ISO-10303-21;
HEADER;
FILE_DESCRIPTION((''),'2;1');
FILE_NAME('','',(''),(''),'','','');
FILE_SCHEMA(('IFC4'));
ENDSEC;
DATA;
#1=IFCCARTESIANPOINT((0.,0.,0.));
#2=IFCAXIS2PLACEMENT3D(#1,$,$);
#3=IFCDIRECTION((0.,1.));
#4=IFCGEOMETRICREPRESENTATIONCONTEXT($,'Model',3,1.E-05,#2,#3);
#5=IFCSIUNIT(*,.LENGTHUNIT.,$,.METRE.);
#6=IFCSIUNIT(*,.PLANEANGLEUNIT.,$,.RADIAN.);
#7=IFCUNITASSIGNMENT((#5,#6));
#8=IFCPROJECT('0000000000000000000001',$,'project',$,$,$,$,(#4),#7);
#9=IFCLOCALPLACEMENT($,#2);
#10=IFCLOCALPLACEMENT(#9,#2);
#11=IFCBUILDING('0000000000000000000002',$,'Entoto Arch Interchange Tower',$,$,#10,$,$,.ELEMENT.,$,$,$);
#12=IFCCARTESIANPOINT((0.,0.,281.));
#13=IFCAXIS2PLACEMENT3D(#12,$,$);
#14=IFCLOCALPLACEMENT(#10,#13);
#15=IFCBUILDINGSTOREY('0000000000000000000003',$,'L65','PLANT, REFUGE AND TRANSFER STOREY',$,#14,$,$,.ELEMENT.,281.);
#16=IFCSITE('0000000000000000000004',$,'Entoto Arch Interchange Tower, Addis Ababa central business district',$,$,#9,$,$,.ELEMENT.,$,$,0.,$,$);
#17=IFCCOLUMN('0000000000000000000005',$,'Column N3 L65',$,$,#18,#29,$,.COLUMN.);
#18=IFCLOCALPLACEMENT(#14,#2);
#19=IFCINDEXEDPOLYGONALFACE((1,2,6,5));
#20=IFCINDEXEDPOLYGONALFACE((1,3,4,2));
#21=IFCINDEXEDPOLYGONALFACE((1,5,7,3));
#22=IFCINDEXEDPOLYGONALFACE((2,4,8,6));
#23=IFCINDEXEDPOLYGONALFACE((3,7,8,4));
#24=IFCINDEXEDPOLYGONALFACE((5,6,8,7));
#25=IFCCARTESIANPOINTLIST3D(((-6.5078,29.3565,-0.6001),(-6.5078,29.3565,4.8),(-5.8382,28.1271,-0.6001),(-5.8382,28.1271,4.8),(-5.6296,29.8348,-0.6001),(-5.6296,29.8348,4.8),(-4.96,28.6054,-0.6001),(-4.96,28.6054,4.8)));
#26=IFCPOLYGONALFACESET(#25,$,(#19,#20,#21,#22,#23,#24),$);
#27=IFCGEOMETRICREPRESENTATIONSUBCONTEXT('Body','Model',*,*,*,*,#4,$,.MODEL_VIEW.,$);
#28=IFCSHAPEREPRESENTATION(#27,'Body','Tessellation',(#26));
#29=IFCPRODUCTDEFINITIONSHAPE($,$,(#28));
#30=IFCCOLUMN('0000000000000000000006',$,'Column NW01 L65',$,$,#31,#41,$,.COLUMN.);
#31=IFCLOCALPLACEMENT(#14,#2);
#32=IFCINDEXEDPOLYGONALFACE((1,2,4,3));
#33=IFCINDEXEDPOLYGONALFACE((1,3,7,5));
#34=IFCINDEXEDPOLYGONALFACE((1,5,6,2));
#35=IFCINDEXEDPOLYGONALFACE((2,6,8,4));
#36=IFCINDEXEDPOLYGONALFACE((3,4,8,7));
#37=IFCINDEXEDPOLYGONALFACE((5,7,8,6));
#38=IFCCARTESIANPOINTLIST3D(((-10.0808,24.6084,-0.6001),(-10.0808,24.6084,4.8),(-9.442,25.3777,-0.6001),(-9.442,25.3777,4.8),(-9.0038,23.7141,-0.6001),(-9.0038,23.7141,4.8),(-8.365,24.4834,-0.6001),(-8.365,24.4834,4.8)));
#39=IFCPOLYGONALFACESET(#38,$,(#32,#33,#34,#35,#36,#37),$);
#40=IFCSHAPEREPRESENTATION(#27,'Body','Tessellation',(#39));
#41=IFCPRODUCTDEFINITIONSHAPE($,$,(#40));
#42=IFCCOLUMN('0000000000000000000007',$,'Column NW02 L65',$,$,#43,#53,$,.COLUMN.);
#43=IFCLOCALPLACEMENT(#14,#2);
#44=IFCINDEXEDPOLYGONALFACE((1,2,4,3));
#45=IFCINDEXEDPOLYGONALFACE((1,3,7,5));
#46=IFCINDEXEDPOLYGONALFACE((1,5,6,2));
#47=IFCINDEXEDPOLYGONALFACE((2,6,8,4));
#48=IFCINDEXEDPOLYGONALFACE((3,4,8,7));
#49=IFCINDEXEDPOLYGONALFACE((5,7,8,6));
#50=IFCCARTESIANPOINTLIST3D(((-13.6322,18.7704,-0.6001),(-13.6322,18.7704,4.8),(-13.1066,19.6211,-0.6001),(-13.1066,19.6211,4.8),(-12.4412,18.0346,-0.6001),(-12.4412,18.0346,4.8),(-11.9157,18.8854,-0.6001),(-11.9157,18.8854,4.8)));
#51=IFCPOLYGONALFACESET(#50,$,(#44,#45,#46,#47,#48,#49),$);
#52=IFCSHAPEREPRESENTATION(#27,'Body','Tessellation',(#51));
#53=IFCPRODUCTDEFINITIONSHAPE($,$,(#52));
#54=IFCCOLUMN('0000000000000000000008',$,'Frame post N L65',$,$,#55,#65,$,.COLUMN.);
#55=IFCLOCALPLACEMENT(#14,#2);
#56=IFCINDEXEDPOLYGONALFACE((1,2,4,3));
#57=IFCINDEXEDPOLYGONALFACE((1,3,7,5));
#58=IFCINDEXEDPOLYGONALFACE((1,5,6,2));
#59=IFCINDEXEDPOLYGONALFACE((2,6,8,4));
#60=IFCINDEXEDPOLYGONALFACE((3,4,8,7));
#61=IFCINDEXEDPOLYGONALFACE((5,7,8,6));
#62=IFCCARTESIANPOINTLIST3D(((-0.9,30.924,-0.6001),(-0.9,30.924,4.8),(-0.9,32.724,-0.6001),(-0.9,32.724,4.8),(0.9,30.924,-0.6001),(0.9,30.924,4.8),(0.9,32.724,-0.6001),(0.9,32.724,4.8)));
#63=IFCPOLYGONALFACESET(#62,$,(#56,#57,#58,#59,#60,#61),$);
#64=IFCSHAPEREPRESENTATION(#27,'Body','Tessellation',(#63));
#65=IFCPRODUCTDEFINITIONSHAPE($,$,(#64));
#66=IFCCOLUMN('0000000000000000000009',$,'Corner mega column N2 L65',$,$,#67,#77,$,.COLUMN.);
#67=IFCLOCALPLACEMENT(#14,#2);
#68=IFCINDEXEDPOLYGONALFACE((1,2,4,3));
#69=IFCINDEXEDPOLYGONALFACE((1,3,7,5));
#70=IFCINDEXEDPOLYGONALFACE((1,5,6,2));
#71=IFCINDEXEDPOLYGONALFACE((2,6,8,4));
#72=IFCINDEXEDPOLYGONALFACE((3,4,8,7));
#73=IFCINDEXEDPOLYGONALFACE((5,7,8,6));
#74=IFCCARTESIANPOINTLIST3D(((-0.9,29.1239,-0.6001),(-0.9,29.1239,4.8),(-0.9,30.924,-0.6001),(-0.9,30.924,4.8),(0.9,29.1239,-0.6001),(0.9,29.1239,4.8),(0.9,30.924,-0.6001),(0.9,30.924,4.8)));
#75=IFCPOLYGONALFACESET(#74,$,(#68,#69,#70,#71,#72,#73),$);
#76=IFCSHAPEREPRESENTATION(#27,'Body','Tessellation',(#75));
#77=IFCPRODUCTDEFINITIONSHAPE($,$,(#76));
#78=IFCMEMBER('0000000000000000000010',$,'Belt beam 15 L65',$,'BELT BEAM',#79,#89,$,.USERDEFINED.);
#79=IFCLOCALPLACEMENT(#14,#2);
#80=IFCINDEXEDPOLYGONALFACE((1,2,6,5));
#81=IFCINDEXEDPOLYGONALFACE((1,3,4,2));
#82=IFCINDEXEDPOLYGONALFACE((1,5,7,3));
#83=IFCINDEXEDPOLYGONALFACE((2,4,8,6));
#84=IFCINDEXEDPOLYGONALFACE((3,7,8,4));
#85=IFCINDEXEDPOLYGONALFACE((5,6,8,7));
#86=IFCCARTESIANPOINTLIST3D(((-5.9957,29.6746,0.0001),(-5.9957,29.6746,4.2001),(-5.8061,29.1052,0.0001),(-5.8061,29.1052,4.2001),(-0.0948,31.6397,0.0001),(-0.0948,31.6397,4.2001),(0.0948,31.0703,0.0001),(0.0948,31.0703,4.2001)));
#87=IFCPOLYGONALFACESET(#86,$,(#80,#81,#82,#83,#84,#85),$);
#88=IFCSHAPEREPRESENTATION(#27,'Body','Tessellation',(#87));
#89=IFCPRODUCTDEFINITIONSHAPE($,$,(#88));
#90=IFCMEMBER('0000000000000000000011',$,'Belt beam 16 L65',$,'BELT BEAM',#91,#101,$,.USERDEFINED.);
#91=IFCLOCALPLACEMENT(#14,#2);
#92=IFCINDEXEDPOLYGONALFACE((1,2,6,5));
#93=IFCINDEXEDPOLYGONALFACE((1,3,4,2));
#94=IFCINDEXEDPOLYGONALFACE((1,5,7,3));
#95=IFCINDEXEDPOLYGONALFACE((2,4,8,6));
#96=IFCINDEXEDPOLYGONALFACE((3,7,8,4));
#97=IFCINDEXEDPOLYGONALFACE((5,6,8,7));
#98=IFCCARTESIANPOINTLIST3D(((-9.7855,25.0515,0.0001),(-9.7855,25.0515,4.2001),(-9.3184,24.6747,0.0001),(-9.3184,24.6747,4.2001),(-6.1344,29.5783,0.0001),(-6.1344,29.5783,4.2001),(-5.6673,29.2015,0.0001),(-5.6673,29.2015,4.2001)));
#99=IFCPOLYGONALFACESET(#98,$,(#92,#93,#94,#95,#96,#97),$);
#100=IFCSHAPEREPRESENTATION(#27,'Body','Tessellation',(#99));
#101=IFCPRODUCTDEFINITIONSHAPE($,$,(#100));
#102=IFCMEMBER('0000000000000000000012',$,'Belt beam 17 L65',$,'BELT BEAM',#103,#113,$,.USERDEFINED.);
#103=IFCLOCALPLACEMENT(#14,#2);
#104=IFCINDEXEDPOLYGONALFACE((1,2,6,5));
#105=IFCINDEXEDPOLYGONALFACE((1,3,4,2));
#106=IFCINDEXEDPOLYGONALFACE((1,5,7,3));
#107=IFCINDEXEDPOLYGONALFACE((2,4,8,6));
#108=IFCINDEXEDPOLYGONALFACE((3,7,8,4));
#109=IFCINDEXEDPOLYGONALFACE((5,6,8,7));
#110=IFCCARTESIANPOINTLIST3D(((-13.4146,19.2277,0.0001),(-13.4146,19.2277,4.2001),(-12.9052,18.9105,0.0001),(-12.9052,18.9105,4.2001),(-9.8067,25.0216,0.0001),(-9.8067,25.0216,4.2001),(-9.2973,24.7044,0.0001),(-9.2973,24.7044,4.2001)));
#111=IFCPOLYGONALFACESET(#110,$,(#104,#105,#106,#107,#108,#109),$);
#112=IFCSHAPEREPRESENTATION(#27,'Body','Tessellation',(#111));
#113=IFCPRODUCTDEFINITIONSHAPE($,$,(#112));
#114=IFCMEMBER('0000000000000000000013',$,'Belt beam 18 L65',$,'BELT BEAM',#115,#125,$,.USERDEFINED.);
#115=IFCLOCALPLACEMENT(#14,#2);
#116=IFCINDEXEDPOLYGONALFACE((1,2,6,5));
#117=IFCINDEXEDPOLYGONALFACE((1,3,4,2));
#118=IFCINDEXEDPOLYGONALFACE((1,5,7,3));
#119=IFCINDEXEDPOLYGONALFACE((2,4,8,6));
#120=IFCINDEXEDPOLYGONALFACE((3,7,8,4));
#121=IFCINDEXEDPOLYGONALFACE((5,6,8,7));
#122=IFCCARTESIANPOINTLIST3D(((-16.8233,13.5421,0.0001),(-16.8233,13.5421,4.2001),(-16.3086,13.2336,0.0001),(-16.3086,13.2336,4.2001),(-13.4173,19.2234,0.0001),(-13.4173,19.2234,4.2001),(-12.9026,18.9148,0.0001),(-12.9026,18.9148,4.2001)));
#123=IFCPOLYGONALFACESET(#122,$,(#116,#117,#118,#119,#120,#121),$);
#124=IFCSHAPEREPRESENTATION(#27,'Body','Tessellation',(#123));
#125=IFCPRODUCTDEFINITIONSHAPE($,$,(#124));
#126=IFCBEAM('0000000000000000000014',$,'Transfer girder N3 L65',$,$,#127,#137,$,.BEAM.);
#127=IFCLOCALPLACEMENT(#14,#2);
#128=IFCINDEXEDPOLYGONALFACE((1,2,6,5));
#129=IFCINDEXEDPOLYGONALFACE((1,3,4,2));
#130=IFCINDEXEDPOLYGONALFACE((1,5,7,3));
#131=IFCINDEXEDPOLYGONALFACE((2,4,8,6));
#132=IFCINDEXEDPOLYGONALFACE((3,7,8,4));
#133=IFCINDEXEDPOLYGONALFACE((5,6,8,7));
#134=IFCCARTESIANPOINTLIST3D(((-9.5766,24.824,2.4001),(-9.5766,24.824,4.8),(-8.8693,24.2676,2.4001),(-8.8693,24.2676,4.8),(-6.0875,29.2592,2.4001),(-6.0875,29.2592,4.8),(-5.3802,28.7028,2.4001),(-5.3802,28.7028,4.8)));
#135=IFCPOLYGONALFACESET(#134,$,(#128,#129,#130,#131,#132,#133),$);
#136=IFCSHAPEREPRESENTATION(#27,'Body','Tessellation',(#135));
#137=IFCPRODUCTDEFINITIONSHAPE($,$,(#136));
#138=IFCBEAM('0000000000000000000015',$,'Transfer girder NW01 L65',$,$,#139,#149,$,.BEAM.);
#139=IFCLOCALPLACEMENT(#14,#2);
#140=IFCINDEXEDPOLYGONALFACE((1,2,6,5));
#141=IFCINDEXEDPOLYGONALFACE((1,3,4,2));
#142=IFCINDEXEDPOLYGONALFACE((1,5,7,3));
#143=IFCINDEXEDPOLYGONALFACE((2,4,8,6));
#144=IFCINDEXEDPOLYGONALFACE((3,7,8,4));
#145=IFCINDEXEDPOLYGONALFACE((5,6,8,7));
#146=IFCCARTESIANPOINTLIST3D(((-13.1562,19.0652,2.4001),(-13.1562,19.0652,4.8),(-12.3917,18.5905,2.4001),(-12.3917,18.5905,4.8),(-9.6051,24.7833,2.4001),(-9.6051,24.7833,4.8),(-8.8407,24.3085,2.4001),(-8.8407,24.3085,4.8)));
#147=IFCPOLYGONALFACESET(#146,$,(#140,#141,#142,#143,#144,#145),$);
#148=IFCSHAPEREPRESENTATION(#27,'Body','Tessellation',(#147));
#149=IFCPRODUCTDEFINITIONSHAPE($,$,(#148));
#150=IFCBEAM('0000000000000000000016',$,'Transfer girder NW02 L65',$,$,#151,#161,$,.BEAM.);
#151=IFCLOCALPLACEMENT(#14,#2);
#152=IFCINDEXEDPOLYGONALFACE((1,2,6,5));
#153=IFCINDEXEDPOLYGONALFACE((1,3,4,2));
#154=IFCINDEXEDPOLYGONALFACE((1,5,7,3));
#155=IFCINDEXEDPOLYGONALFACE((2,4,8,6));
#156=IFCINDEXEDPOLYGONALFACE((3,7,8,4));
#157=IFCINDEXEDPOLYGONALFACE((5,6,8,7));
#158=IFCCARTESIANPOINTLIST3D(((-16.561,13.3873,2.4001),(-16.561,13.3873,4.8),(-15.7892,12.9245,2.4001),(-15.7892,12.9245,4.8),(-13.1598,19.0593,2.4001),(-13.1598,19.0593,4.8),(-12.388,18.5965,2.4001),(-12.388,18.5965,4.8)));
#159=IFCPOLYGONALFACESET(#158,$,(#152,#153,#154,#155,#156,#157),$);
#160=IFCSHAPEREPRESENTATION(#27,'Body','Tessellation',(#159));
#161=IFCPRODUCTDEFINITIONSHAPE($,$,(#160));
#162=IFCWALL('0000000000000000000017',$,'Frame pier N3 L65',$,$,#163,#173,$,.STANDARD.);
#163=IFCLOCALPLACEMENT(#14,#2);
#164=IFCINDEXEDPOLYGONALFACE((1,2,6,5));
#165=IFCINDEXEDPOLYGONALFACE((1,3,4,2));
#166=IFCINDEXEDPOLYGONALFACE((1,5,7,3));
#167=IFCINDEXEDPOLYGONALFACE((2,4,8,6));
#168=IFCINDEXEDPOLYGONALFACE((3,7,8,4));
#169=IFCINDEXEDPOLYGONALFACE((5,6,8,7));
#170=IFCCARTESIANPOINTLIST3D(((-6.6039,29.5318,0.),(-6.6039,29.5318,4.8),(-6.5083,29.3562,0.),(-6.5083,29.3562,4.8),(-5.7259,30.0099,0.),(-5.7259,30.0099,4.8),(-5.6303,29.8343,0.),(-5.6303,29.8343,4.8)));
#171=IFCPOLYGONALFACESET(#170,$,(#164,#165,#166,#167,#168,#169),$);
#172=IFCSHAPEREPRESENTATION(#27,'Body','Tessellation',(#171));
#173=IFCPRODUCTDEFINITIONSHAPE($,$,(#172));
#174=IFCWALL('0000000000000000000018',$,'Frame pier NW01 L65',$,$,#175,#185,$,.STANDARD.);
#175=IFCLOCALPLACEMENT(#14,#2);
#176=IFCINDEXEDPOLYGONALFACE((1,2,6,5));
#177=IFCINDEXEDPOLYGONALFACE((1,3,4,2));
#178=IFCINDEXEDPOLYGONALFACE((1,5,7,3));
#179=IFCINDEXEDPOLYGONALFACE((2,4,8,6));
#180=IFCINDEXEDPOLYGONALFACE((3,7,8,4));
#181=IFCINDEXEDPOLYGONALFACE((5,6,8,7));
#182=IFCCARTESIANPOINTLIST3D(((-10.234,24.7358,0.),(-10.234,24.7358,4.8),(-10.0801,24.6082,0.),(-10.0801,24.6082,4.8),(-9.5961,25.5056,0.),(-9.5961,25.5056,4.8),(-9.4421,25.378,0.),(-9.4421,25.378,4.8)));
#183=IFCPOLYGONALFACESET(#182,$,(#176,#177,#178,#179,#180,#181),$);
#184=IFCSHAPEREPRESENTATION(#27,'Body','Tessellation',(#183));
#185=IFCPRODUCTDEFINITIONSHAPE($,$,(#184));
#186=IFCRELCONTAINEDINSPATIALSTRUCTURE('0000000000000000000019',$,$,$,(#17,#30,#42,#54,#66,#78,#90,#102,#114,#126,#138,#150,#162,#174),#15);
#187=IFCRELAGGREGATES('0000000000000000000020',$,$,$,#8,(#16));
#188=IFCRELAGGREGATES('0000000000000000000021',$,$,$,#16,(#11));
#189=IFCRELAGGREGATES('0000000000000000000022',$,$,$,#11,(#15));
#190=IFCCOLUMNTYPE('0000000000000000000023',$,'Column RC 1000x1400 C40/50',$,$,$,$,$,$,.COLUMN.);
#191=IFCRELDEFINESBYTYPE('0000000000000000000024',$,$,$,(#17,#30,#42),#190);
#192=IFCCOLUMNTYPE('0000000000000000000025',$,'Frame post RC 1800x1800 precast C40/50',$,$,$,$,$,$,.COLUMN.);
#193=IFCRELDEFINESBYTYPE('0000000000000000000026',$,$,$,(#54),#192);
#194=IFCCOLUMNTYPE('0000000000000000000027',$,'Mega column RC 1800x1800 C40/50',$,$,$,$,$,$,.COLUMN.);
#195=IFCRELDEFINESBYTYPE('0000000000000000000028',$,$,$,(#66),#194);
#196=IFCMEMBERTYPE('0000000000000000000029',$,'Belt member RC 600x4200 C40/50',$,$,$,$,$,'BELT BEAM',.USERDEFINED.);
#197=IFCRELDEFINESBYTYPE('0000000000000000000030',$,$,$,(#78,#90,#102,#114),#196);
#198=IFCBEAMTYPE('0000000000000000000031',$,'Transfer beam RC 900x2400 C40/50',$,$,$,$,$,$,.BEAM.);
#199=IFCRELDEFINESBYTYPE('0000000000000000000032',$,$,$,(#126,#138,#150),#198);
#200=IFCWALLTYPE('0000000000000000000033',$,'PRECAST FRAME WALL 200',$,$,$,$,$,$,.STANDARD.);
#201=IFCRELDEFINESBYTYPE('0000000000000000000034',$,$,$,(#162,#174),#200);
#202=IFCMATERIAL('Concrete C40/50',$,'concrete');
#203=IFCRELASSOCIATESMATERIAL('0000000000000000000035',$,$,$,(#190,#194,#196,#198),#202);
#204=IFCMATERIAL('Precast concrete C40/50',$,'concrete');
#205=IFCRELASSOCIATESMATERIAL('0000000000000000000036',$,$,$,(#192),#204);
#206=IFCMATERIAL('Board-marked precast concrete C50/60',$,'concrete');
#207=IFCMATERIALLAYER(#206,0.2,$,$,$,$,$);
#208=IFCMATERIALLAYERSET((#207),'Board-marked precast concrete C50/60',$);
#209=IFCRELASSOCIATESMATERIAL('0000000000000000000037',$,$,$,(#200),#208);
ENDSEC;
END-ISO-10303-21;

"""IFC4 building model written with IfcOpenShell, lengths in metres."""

from ifc_helpers import new_model, si_unit, direction, frame, frame_2d, origin, origin_2d, place, context, subcontext, project, spatial, rectangle, extrude, material, layer, layer_set, material_profile, profile_set, type_object, element, save


model = new_model("IFC4")

# Units and contexts
model_context = context("Model", 3, precision=1e-05, world=origin(), true_north=direction((0.0, 1.0)))
body_context = subcontext(model_context, "Body", "Model", "MODEL_VIEW")
ifc_project = project(units=[si_unit("LENGTHUNIT", "METRE"), si_unit("PLANEANGLEUNIT", "RADIAN")], contexts=[model_context])

# Site, building, storey
site_placement = place(None, origin())
site = spatial("IfcSite", under=ifc_project, at=site_placement, Name="Entoto Arch Interchange Tower, Addis Ababa central business district", CompositionType="ELEMENT", RefElevation=0.0)
building_placement = place(site_placement, origin())
building = spatial("IfcBuilding", under=site, at=building_placement, Name="Entoto Arch Interchange Tower", CompositionType="ELEMENT")
storey_placement = place(building_placement, frame((0.0, 0.0, 281.0)))
storey = spatial("IfcBuildingStorey", under=building, at=storey_placement, Name="L65", Description="PLANT, REFUGE AND TRANSFER STOREY", CompositionType="ELEMENT", Elevation=281.0)

# Columns
ifc_material_1 = material(Name="Concrete C40/50", Category="concrete")
ifc_material_profile_1 = material_profile(ifc_material_1, rectangle(XDim=1.0, YDim=1.3999, at=origin_2d()))
ifc_profile_set_1 = profile_set([ifc_material_profile_1], Name="Concrete C40/50")
column_type_1 = type_object("IfcColumnType", Name="Column RC 1000x1400 C40/50", PredefinedType="COLUMN", material=ifc_profile_set_1)
for number, where, z_axis, x_axis, name in (
    (1, (-5.7339, 28.981, -0.6001), (0.0, 0.0, 1.0), (0.878175, 0.478339, 0.0), "Column N3 L65"),
    (2, (-9.2229, 24.5459, -0.6001), (0.0, 0.0, 1.0), (0.638835, 0.769344, 0.0), "Column NW01 L65"),
    (3, (-12.7739, 18.8279, -0.6001), (0.0, 0.0, 1.0), (0.525576, 0.850747, 0.0), "Column NW02 L65"),
):
    element("IfcColumn", number, at=place(storey_placement, frame(where, z_axis=z_axis, x_axis=x_axis)), inside=storey, type_object=column_type_1, Name=name, PredefinedType="COLUMN", context=body_context, shape_type="SweptSolid", body=[
        extrude(rectangle(XDim=1.0, YDim=1.3999, at=origin_2d()), origin(), (0.0, 0.0, 1.0), 5.4001),
    ])
ifc_material_2 = material(Name="Precast concrete C40/50", Category="concrete")
ifc_material_profile_2 = material_profile(ifc_material_2, rectangle(XDim=1.8, YDim=1.8, at=origin_2d()))
ifc_profile_set_2 = profile_set([ifc_material_profile_2], Name="Precast concrete C40/50")
column_type_2 = type_object("IfcColumnType", Name="Frame post RC 1800x1800 precast C40/50", PredefinedType="COLUMN", material=ifc_profile_set_2)
column_1_placement = place(storey_placement, frame((0.0, 31.824, -0.6001), z_axis=(0.0, 0.0, 1.0), x_axis=(0.0, 1.0, 0.0)))
element("IfcColumn", 4, at=column_1_placement, inside=storey, type_object=column_type_2, Name="Frame post N L65", PredefinedType="COLUMN", context=body_context, shape_type="SweptSolid", body=[
    extrude(rectangle(XDim=1.8, YDim=1.8, at=origin_2d()), origin(), (0.0, 0.0, 1.0), 5.4001),
])
ifc_material_profile_3 = material_profile(ifc_material_1, rectangle(XDim=1.8, YDim=1.8, at=origin_2d()))
ifc_profile_set_3 = profile_set([ifc_material_profile_3], Name="Concrete C40/50")
column_type_3 = type_object("IfcColumnType", Name="Mega column RC 1800x1800 C40/50", PredefinedType="COLUMN", material=ifc_profile_set_3)
column_2_placement = place(storey_placement, frame((0.0, 30.0239, -0.6001), z_axis=(0.0, 0.0, 1.0), x_axis=(0.0, 1.0, 0.0)))
element("IfcColumn", 5, at=column_2_placement, inside=storey, type_object=column_type_3, Name="Corner mega column N2 L65", PredefinedType="COLUMN", context=body_context, shape_type="SweptSolid", body=[
    extrude(rectangle(XDim=1.8, YDim=1.8, at=origin_2d()), origin(), (0.0, 0.0, 1.0), 5.4001),
])

# Members
ifc_material_profile_4 = material_profile(ifc_material_1, rectangle(XDim=0.6001, YDim=4.2, at=origin_2d()))
ifc_profile_set_4 = profile_set([ifc_material_profile_4], Name="Concrete C40/50")
member_type = type_object("IfcMemberType", Name="Belt member RC 600x4200 C40/50", ElementType="BELT BEAM", PredefinedType="USERDEFINED", material=ifc_profile_set_4)
member_1_placement = place(storey_placement, frame((0.0, 31.355, 2.1001), z_axis=(-0.948774, -0.315957, 0.0), x_axis=(0.315957, -0.948774, 0.0)))
element("IfcMember", 6, at=member_1_placement, inside=storey, type_object=member_type, Name="Belt beam 15 L65", ObjectType="BELT BEAM", PredefinedType="USERDEFINED", context=body_context, shape_type="SweptSolid", body=[
    extrude(rectangle(XDim=0.6001, YDim=4.2, at=origin_2d()), origin(), (0.0, 0.0, 1.0), 6.2195),
])
member_2_placement = place(storey_placement, frame((-5.9009, 29.3899, 2.1001), z_axis=(-0.627798, -0.778377, 0.0), x_axis=(0.778377, -0.627798, 0.0)))
element("IfcMember", 7, at=member_2_placement, inside=storey, type_object=member_type, Name="Belt beam 16 L65", ObjectType="BELT BEAM", PredefinedType="USERDEFINED", context=body_context, shape_type="SweptSolid", body=[
    extrude(rectangle(XDim=0.6001, YDim=4.2, at=origin_2d()), origin(), (0.0, 0.0, 1.0), 5.8157),
])
member_3_placement = place(storey_placement, frame((-9.552, 24.863, 2.1001), z_axis=(-0.528596, -0.848873, 0.0), x_axis=(0.848873, -0.528596, 0.0)))
element("IfcMember", 8, at=member_3_placement, inside=storey, type_object=member_type, Name="Belt beam 17 L65", ObjectType="BELT BEAM", PredefinedType="USERDEFINED", context=body_context, shape_type="SweptSolid", body=[
    extrude(rectangle(XDim=0.6001, YDim=4.2, at=origin_2d()), origin(), (0.0, 0.0, 1.0), 6.8254),
])
member_4_placement = place(storey_placement, frame((-13.1599, 19.0691, 2.1001), z_axis=(-0.514198, -0.857672, 0.0), x_axis=(0.857672, -0.514198, 0.0)))
element("IfcMember", 9, at=member_4_placement, inside=storey, type_object=member_type, Name="Belt beam 18 L65", ObjectType="BELT BEAM", PredefinedType="USERDEFINED", context=body_context, shape_type="SweptSolid", body=[
    extrude(rectangle(XDim=0.6001, YDim=4.2, at=origin_2d()), origin(), (0.0, 0.0, 1.0), 6.624),
])

# Beams
ifc_material_profile_5 = material_profile(ifc_material_1, rectangle(XDim=0.8999, YDim=2.3999, at=origin_2d()))
ifc_profile_set_5 = profile_set([ifc_material_profile_5], Name="Concrete C40/50")
beam_type = type_object("IfcBeamType", Name="Transfer beam RC 900x2400 C40/50", PredefinedType="BEAM", material=ifc_profile_set_5)
beam_1_placement = place(storey_placement, frame((-5.7339, 28.981, 3.6001), z_axis=(-0.618295, -0.785946, 0.0), x_axis=(0.785946, -0.618295, 0.0)))
element("IfcBeam", 10, at=beam_1_placement, inside=storey, type_object=beam_type, Name="Transfer girder N3 L65", PredefinedType="BEAM", context=body_context, shape_type="SweptSolid", body=[
    extrude(rectangle(XDim=0.8999, YDim=2.3999, at=origin_2d()), origin(), (0.0, 0.0, 1.0), 5.6431),
])
beam_2_placement = place(storey_placement, frame((-9.2229, 24.5459, 3.6001), z_axis=(-0.527568, -0.849513, 0.0), x_axis=(0.849513, -0.527568, 0.0)))
element("IfcBeam", 11, at=beam_2_placement, inside=storey, type_object=beam_type, Name="Transfer girder NW01 L65", PredefinedType="BEAM", context=body_context, shape_type="SweptSolid", body=[
    extrude(rectangle(XDim=0.8999, YDim=2.3999, at=origin_2d()), origin(), (0.0, 0.0, 1.0), 6.731),
])
beam_3_placement = place(storey_placement, frame((-12.7739, 18.8279, 3.6001), z_axis=(-0.514273, -0.857626, 0.0), x_axis=(0.857626, -0.514273, 0.0)))
element("IfcBeam", 12, at=beam_3_placement, inside=storey, type_object=beam_type, Name="Transfer girder NW02 L65", PredefinedType="BEAM", context=body_context, shape_type="SweptSolid", body=[
    extrude(rectangle(XDim=0.8999, YDim=2.3999, at=origin_2d()), origin(), (0.0, 0.0, 1.0), 6.6135),
])

# Walls
ifc_material_3 = material(Name="Board-marked precast concrete C50/60", Category="concrete")
ifc_layer_1 = layer(ifc_material_3, 0.2)
ifc_layer_set_1 = layer_set([ifc_layer_1], Name="Board-marked precast concrete C50/60")
wall_type_1 = type_object("IfcWallType", Name="PRECAST FRAME WALL 200", PredefinedType="STANDARD", material=ifc_layer_set_1)
for number, where, z_axis, x_axis, name in (
    (13, (-5.678, 29.9221, 0.0), (0.0, 0.0, 1.0), (-0.87825, -0.478202, 0.0), "Frame pier N3 L65"),
    (14, (-9.519, 25.4419, 0.0), (0.0, 0.0, 1.0), (-0.638092, -0.76996, 0.0), "Frame pier NW01 L65"),
):
    element("IfcWall", number, at=place(storey_placement, frame(where, z_axis=z_axis, x_axis=x_axis)), inside=storey, type_object=wall_type_1, Name=name, PredefinedType="STANDARD", context=body_context, shape_type="SweptSolid", body=[
        extrude(rectangle(XDim=0.9998, YDim=0.2, at=frame_2d((0.5, 0.0))), origin(), (0.0, 0.0, 1.0), 4.8),
    ])

save(model, "model.ifc")
